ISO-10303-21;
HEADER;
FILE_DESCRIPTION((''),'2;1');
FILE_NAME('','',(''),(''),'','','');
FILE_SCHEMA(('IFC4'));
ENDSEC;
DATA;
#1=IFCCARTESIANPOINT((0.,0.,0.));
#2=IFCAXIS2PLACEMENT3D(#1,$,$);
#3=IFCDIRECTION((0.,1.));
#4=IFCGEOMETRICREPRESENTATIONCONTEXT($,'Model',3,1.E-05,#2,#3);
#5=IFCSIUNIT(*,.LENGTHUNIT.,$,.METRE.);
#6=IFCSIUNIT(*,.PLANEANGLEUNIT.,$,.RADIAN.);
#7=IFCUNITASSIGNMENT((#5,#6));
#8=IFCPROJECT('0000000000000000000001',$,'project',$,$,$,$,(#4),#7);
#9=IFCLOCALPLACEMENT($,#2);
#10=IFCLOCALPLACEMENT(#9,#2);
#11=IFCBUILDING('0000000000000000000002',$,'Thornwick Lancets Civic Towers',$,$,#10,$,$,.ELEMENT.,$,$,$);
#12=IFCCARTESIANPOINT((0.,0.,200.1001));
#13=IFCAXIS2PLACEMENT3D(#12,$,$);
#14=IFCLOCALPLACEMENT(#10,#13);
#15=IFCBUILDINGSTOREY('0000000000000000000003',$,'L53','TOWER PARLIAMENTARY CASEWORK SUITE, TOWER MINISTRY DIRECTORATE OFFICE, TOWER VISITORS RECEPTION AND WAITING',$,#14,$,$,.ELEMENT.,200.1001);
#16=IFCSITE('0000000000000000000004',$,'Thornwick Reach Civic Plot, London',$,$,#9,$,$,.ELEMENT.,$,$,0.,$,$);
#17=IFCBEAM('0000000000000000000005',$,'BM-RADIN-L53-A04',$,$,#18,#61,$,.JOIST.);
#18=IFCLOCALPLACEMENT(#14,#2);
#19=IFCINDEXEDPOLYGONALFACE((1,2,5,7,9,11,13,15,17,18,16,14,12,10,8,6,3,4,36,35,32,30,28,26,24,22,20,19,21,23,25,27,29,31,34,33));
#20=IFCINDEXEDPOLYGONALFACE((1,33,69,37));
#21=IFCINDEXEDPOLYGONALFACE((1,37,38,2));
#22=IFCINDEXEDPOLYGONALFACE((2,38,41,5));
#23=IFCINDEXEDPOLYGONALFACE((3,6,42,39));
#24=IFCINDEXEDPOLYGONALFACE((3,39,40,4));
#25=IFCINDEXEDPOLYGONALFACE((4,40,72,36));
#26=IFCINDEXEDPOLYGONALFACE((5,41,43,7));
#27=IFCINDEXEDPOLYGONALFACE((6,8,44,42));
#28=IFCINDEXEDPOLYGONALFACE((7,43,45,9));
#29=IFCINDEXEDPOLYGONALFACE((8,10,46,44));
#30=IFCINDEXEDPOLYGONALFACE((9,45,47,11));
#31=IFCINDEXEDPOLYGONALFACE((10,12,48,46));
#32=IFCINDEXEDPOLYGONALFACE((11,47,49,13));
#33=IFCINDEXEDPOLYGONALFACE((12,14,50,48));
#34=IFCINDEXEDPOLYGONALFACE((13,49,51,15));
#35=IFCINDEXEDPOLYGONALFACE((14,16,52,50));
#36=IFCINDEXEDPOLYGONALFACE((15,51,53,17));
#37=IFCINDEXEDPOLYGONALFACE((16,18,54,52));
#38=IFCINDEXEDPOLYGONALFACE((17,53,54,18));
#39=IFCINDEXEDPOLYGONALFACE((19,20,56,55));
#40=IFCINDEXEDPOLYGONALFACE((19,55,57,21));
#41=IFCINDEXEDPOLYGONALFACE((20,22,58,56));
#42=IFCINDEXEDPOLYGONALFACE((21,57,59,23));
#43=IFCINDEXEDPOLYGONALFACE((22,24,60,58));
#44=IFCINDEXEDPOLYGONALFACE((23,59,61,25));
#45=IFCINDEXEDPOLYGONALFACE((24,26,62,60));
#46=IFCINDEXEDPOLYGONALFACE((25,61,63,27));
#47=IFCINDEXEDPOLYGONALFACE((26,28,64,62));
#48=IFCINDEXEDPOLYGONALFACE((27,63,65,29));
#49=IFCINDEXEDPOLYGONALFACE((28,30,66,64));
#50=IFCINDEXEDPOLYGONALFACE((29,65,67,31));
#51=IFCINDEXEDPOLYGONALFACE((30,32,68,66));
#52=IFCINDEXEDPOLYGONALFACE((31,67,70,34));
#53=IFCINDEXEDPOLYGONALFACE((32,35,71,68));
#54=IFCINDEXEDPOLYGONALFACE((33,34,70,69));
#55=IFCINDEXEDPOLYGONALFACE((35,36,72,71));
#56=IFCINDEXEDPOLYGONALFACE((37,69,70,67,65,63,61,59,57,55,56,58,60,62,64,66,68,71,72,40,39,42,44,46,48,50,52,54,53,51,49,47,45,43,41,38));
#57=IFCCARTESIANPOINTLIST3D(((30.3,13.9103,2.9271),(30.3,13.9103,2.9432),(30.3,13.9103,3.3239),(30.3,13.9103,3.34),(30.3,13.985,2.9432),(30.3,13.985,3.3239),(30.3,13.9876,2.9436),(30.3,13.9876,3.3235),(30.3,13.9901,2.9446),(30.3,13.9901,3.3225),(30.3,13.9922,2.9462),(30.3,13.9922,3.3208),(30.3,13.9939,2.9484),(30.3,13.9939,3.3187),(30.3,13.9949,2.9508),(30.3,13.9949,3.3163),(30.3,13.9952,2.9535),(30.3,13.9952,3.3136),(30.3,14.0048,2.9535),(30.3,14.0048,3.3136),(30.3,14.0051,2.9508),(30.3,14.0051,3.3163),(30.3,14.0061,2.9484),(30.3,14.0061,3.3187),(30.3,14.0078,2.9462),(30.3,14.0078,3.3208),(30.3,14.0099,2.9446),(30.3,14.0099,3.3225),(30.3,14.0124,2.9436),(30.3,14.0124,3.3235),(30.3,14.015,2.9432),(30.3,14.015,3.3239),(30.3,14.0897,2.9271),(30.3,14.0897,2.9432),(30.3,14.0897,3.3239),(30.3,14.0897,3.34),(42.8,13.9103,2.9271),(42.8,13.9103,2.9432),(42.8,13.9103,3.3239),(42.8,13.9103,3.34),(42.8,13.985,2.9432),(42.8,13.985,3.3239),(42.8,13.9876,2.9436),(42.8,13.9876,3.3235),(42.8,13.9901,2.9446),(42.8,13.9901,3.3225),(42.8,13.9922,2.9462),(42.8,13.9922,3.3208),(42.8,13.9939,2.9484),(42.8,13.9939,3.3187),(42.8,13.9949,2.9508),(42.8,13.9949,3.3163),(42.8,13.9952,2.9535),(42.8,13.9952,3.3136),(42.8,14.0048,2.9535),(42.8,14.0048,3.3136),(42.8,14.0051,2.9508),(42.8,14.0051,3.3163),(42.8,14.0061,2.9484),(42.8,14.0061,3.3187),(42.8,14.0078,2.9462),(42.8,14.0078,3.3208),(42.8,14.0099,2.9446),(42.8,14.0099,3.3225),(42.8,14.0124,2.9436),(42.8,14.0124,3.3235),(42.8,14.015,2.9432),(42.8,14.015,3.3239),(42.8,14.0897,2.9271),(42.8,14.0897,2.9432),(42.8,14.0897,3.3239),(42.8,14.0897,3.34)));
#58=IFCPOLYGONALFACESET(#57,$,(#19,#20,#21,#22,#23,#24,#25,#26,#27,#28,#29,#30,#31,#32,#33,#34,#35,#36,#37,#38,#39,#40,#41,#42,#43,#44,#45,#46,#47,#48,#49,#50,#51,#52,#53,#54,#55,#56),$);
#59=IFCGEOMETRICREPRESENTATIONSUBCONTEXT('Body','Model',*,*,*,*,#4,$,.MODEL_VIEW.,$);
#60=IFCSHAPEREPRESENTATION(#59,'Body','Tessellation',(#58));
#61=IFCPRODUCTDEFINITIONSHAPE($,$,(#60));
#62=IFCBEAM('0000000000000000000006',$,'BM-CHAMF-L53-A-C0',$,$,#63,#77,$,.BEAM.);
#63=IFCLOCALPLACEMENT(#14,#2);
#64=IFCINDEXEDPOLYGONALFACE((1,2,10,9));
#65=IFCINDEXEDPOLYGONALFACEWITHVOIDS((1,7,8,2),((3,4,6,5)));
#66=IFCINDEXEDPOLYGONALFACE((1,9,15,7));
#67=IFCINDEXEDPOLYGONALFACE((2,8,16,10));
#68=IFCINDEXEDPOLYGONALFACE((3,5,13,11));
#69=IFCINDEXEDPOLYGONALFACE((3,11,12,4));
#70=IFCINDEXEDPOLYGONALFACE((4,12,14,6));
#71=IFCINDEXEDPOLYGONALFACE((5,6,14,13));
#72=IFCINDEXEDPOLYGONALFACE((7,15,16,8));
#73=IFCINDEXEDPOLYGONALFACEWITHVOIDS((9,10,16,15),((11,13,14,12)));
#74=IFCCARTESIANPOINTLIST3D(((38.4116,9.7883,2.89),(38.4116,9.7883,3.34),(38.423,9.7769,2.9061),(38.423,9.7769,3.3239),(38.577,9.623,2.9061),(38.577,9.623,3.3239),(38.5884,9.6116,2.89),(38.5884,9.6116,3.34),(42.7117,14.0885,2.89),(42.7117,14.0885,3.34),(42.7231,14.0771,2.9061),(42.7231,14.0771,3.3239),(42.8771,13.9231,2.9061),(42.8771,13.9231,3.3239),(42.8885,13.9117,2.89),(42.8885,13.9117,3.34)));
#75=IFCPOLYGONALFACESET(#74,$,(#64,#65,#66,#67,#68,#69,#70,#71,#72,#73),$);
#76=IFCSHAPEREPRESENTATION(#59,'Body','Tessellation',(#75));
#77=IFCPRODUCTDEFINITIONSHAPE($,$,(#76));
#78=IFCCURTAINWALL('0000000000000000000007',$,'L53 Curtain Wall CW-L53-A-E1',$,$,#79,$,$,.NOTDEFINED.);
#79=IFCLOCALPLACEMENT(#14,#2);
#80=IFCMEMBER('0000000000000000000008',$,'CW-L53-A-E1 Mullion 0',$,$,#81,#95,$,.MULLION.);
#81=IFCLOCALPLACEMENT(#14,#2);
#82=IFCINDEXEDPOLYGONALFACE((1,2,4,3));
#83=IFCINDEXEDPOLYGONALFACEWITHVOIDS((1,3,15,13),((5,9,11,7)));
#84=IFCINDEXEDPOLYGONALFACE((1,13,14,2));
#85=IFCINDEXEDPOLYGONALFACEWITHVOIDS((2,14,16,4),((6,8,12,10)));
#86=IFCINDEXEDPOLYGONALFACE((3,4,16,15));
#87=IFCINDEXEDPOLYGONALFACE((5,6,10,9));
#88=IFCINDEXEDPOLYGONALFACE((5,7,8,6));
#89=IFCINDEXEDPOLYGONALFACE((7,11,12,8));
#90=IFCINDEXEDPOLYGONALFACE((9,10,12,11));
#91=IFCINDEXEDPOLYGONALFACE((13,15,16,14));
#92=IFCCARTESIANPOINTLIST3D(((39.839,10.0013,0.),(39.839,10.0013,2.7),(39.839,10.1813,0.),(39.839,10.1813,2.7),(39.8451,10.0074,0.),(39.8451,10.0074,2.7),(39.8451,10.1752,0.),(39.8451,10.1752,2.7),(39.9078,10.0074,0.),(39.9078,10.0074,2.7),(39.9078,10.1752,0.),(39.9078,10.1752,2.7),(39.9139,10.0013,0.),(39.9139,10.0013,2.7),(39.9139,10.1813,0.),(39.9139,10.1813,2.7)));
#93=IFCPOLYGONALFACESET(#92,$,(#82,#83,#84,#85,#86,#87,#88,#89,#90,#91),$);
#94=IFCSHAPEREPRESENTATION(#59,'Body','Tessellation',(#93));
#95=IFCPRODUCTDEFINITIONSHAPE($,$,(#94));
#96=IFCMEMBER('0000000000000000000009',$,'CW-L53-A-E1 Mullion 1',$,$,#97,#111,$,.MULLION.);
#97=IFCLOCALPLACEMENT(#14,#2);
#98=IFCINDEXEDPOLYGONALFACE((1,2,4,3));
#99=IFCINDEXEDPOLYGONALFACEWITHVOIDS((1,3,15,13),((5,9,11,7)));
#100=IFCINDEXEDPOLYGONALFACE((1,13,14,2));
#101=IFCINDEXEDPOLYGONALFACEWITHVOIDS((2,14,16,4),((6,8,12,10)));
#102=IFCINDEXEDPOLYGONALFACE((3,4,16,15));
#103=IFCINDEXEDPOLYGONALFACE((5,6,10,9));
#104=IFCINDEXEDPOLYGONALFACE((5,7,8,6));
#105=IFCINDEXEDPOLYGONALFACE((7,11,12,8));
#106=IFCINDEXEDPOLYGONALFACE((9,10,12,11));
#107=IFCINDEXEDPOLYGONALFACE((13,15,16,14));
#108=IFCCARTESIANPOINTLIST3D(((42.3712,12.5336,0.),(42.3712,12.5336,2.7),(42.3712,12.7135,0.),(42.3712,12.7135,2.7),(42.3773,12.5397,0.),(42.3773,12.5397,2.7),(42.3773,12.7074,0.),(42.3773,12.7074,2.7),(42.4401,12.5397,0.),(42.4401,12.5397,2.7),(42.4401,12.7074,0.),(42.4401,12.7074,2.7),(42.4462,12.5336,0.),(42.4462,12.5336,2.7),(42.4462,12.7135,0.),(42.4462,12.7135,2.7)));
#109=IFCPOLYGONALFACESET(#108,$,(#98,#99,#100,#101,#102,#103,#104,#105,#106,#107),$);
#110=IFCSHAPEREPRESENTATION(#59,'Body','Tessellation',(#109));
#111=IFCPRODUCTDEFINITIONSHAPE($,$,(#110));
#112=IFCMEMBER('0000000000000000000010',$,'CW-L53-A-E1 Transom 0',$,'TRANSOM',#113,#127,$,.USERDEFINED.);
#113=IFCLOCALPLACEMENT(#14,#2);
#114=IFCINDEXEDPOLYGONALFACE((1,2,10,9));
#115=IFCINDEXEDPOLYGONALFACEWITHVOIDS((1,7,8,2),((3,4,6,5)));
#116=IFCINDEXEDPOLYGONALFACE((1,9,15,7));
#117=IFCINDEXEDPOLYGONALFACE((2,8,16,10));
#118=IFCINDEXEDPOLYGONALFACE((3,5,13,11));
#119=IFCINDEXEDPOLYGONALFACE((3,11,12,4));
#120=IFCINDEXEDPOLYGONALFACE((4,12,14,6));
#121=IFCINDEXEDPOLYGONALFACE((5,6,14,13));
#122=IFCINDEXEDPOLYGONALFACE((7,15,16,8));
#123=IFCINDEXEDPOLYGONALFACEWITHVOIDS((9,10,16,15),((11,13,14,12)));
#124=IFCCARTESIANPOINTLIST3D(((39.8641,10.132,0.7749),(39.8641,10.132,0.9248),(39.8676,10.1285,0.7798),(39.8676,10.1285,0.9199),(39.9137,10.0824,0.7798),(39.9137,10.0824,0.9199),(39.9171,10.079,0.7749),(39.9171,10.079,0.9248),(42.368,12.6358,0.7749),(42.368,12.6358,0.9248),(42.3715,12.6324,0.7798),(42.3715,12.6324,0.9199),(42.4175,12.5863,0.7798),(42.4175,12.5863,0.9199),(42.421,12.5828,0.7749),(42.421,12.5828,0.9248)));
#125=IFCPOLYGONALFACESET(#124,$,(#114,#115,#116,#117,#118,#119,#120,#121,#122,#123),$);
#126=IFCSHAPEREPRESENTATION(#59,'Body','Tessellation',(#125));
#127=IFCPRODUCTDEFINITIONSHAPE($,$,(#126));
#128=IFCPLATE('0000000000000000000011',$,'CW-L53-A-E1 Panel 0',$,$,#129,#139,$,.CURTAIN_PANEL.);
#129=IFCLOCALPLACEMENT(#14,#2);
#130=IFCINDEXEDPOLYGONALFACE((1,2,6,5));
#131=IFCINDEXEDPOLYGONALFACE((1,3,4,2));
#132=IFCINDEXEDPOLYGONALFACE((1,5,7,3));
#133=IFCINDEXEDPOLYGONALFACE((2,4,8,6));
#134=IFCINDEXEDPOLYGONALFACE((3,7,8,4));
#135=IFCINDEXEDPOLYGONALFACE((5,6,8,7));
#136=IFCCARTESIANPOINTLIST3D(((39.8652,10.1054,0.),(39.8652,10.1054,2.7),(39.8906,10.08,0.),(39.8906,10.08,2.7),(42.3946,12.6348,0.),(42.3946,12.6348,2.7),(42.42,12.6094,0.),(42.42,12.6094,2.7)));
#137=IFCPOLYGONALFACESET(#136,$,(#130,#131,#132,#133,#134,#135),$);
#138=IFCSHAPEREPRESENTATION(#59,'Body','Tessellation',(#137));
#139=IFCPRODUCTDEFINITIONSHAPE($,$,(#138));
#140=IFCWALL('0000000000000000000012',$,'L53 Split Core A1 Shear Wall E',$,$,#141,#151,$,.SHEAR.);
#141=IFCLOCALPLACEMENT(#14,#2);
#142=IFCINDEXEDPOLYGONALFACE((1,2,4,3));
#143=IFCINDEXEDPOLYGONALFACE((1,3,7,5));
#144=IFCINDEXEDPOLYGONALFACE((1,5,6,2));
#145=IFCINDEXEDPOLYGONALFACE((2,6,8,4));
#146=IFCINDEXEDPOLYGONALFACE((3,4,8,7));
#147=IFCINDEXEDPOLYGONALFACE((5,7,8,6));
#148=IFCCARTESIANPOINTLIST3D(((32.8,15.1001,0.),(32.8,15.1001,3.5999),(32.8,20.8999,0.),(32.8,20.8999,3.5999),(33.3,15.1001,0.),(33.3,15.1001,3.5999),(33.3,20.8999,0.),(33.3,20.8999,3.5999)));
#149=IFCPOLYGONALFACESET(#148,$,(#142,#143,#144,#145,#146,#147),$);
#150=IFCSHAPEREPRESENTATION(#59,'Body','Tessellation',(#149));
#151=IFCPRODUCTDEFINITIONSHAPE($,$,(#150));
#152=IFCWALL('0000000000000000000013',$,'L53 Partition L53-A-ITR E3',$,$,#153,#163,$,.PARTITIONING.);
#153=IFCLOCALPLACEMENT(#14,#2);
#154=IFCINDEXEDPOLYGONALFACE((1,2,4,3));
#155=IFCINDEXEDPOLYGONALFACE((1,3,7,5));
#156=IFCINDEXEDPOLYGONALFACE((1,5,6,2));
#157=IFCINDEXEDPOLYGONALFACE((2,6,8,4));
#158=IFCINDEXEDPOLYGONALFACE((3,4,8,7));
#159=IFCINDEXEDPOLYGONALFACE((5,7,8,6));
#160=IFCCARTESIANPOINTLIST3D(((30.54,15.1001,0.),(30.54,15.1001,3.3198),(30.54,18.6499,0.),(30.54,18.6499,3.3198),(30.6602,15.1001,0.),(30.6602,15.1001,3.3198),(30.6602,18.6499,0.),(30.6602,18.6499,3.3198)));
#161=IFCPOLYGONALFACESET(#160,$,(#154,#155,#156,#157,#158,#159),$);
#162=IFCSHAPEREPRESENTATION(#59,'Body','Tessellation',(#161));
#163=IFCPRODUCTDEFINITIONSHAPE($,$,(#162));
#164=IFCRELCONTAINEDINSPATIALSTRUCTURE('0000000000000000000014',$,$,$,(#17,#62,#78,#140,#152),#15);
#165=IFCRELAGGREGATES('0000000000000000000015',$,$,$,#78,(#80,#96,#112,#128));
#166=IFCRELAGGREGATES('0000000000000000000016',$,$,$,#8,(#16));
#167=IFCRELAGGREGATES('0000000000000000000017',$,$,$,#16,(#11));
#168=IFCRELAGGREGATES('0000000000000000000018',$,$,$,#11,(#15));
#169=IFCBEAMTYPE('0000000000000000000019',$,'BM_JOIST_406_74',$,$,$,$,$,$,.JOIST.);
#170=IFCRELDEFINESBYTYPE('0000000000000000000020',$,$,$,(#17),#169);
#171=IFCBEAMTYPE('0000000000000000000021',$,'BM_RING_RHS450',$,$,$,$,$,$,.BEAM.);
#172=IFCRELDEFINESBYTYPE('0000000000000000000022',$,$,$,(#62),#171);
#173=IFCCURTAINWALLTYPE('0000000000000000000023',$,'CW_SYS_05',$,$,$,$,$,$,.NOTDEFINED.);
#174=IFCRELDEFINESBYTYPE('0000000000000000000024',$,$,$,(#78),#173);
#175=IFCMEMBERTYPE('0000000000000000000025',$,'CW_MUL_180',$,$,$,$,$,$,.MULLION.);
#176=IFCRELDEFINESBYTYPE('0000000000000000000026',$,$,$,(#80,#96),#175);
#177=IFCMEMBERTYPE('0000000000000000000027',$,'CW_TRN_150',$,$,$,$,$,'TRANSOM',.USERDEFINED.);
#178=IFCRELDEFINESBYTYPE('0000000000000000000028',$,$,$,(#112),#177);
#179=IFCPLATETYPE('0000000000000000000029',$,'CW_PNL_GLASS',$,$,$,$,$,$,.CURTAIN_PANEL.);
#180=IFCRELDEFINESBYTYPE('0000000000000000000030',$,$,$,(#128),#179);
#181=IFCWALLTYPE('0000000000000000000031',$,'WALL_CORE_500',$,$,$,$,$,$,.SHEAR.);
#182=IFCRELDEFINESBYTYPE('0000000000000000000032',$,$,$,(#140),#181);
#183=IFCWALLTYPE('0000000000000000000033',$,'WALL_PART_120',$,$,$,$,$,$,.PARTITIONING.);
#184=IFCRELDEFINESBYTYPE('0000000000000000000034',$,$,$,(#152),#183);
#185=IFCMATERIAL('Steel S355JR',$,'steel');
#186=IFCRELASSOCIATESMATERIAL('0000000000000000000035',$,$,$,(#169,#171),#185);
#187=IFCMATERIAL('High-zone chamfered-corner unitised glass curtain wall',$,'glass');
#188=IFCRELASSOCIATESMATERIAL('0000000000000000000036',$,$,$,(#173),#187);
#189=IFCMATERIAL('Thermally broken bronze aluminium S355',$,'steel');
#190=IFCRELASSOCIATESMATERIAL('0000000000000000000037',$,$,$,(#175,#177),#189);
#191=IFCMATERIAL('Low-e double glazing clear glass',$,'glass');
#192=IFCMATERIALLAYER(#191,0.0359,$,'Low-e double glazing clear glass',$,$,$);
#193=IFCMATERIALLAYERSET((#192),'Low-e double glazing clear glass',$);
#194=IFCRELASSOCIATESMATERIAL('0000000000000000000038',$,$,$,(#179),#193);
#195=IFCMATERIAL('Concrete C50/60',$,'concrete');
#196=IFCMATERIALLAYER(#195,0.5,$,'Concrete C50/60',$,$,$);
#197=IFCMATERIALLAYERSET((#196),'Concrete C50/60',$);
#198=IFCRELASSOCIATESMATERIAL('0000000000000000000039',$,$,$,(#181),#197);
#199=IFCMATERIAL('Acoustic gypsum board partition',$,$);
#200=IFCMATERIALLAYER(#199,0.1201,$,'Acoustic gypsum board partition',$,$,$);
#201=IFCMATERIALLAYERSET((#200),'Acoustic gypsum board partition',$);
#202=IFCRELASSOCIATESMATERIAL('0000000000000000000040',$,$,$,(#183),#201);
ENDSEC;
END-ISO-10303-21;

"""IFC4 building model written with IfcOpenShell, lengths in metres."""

from ifc_helpers import new_model, si_unit, direction, frame, frame_2d, origin, origin_2d, place, context, subcontext, project, spatial, rectangle, hollow_rectangle, i_section, extrude, material, layer, layer_set, material_profile, profile_set, type_object, element, aggregate, save


model = new_model("IFC4")

# Units and contexts
model_context = context("Model", 3, precision=1e-05, world=origin(), true_north=direction((0.0, 1.0)))
body_context = subcontext(model_context, "Body", "Model", "MODEL_VIEW")
ifc_project = project(units=[si_unit("LENGTHUNIT", "METRE"), si_unit("PLANEANGLEUNIT", "RADIAN")], contexts=[model_context])

# Site, building, storey
site_placement = place(None, origin())
site = spatial("IfcSite", under=ifc_project, at=site_placement, Name="Thornwick Reach Civic Plot, London", CompositionType="ELEMENT", RefElevation=0.0)
building_placement = place(site_placement, origin())
building = spatial("IfcBuilding", under=site, at=building_placement, Name="Thornwick Lancets Civic Towers", CompositionType="ELEMENT")
storey_placement = place(building_placement, frame((0.0, 0.0, 200.1001)))
storey = spatial("IfcBuildingStorey", under=building, at=storey_placement, Name="L53", Description="TOWER PARLIAMENTARY CASEWORK SUITE, TOWER MINISTRY DIRECTORATE OFFICE, TOWER VISITORS RECEPTION AND WAITING", CompositionType="ELEMENT", Elevation=200.1001)

# Shared definitions
ifc_material_1 = material(Name="Concrete C50/60", Category="concrete")

# Beams
ifc_material_2 = material(Name="Steel S355JR", Category="steel")
ifc_material_profile_1 = material_profile(ifc_material_2, i_section(OverallWidth=0.1794, OverallDepth=0.4128, WebThickness=0.0095, FlangeThickness=0.0161, FilletRadius=0.0103, at=origin_2d()), Name="UKB 406x178x74")
ifc_profile_set_1 = profile_set([ifc_material_profile_1], Name="Steel S355JR")
beam_type_1 = type_object("IfcBeamType", Name="BM_JOIST_406_74", PredefinedType="JOIST", material=ifc_profile_set_1)
for number, where, z_axis, x_axis, name in (
    (1, (30.3, 14.0, 3.1335), (1.0, 0.0, 0.0), (0.0, 1.0, 0.0), "BM-RADIN-L53-A04"),
):
    element("IfcBeam", number, at=place(storey_placement, frame(where, z_axis=z_axis, x_axis=x_axis)), inside=storey, type_object=beam_type_1, Name=name, PredefinedType="JOIST", context=body_context, shape_type="SweptSolid", body=[
        extrude(i_section(OverallWidth=0.1794, OverallDepth=0.4128, WebThickness=0.0095, FlangeThickness=0.0161, FilletRadius=0.0103, at=origin_2d()), origin(), (0.0, 0.0, 1.0), 12.5),
    ])
ifc_material_profile_2 = material_profile(ifc_material_2, hollow_rectangle(XDim=0.25, YDim=0.45, WallThickness=0.0161, at=origin_2d()), Name="RHS 450x250x16")
ifc_profile_set_2 = profile_set([ifc_material_profile_2], Name="Steel S355JR")
beam_type_2 = type_object("IfcBeamType", Name="BM_RING_RHS450", PredefinedType="BEAM", material=ifc_profile_set_2)
beam_1_placement = place(storey_placement, frame((38.5, 9.7, 3.115), z_axis=(0.707107, 0.707107, 0.0), x_axis=(-0.707107, 0.707107, 0.0)))
element("IfcBeam", 2, at=beam_1_placement, inside=storey, type_object=beam_type_2, Name="BM-CHAMF-L53-A-C0", PredefinedType="BEAM", context=body_context, shape_type="SweptSolid", body=[
    extrude(hollow_rectangle(XDim=0.25, YDim=0.45, WallThickness=0.0161, at=origin_2d()), origin(), (0.0, 0.0, 1.0), 6.0813),
])

# Curtain wall, members, plate
ifc_material_3 = material(Name="High-zone chamfered-corner unitised glass curtain wall", Category="glass")
curtain_wall_type = type_object("IfcCurtainWallType", Name="CW_SYS_05", PredefinedType="NOTDEFINED", material=ifc_material_3)
curtain_wall_placement = place(storey_placement, origin())
curtain_wall = element("IfcCurtainWall", 3, at=curtain_wall_placement, inside=storey, type_object=curtain_wall_type, Name="L53 Curtain Wall CW-L53-A-E1", PredefinedType="NOTDEFINED")
ifc_material_4 = material(Name="Thermally broken bronze aluminium S355", Category="steel")
ifc_material_profile_3 = material_profile(ifc_material_4, hollow_rectangle(XDim=0.075, YDim=0.1799, WallThickness=0.0061, at=origin_2d()), Name="RHS 180x75x6")
ifc_profile_set_3 = profile_set([ifc_material_profile_3], Name="Thermally broken bronze aluminium S355")
member_type_1 = type_object("IfcMemberType", Name="CW_MUL_180", PredefinedType="MULLION", material=ifc_profile_set_3)
member_1_placement = place(storey_placement, frame((39.8765, 10.0913, 0.0), z_axis=(0.0, 0.0, 1.0), x_axis=(1.0, 0.0, 0.0)))
member_1 = element("IfcMember", 4, at=member_1_placement, type_object=member_type_1, Name="CW-L53-A-E1 Mullion 0", PredefinedType="MULLION", context=body_context, shape_type="SweptSolid", body=[
    extrude(hollow_rectangle(XDim=0.075, YDim=0.1799, WallThickness=0.0061, at=origin_2d()), origin(), (0.0, 0.0, 1.0), 2.7),
])
member_2_placement = place(storey_placement, frame((42.4087, 12.6235, 0.0), z_axis=(0.0, 0.0, 1.0), x_axis=(1.0, 0.0, 0.0)))
member_2 = element("IfcMember", 5, at=member_2_placement, type_object=member_type_1, Name="CW-L53-A-E1 Mullion 1", PredefinedType="MULLION", context=body_context, shape_type="SweptSolid", body=[
    extrude(hollow_rectangle(XDim=0.075, YDim=0.1799, WallThickness=0.0061, at=origin_2d()), origin(), (0.0, 0.0, 1.0), 2.7),
])
ifc_material_profile_4 = material_profile(ifc_material_4, hollow_rectangle(XDim=0.075, YDim=0.1499, WallThickness=0.0049, at=origin_2d()), Name="RHS 150x75x5")
ifc_profile_set_4 = profile_set([ifc_material_profile_4], Name="Thermally broken bronze aluminium S355")
member_type_2 = type_object("IfcMemberType", Name="CW_TRN_150", ElementType="TRANSOM", PredefinedType="USERDEFINED", material=ifc_profile_set_4)
member_3_placement = place(storey_placement, frame((39.8906, 10.1055, 0.8499), z_axis=(0.707107, 0.707107, 0.0), x_axis=(-0.707107, 0.707107, 0.0)))
member_3 = element("IfcMember", 6, at=member_3_placement, type_object=member_type_2, Name="CW-L53-A-E1 Transom 0", ObjectType="TRANSOM", PredefinedType="USERDEFINED", context=body_context, shape_type="SweptSolid", body=[
    extrude(hollow_rectangle(XDim=0.075, YDim=0.1499, WallThickness=0.0049, at=origin_2d()), origin(), (0.0, 0.0, 1.0), 3.541),
])
ifc_material_5 = material(Name="Low-e double glazing clear glass", Category="glass")
ifc_layer_1 = layer(ifc_material_5, 0.0359, Name="Low-e double glazing clear glass")
ifc_layer_set_1 = layer_set([ifc_layer_1], Name="Low-e double glazing clear glass")
plate_type = type_object("IfcPlateType", Name="CW_PNL_GLASS", PredefinedType="CURTAIN_PANEL", material=ifc_layer_set_1)
plate_placement = place(storey_placement, frame((41.1426, 11.3574, 0.0), z_axis=(0.0, 0.0, 1.0), x_axis=(0.707107, 0.707107, 0.0)))
plate = element("IfcPlate", 7, at=plate_placement, type_object=plate_type, Name="CW-L53-A-E1 Panel 0", PredefinedType="CURTAIN_PANEL", context=body_context, shape_type="SweptSolid", body=[
    extrude(rectangle(XDim=3.5771, YDim=0.0359, at=origin_2d()), origin(), (0.0, 0.0, 1.0), 2.7),
])
aggregate(curtain_wall, [member_1, member_2, member_3, plate])

# Walls
ifc_layer_2 = layer(ifc_material_1, 0.5, Name="Concrete C50/60")
ifc_layer_set_2 = layer_set([ifc_layer_2], Name="Concrete C50/60")
wall_type_1 = type_object("IfcWallType", Name="WALL_CORE_500", PredefinedType="SHEAR", material=ifc_layer_set_2)
wall_1_placement = place(storey_placement, frame((33.05, 15.1001, 0.0), z_axis=(0.0, 0.0, 1.0), x_axis=(0.0, 1.0, 0.0)))
element("IfcWall", 8, at=wall_1_placement, inside=storey, type_object=wall_type_1, Name="L53 Split Core A1 Shear Wall E", PredefinedType="SHEAR", context=body_context, shape_type="SweptSolid", body=[
    extrude(rectangle(XDim=5.7998, YDim=0.5, at=frame_2d((2.8999, 0.0))), origin(), (0.0, 0.0, 1.0), 3.5999),
])
ifc_material_6 = material(Name="Acoustic gypsum board partition")
ifc_layer_3 = layer(ifc_material_6, 0.1201, Name="Acoustic gypsum board partition")
ifc_layer_set_3 = layer_set([ifc_layer_3], Name="Acoustic gypsum board partition")
wall_type_2 = type_object("IfcWallType", Name="WALL_PART_120", PredefinedType="PARTITIONING", material=ifc_layer_set_3)
wall_2_placement = place(storey_placement, frame((30.6001, 15.1001, 0.0), z_axis=(0.0, 0.0, 1.0), x_axis=(0.0, 1.0, 0.0)))
element("IfcWall", 9, at=wall_2_placement, inside=storey, type_object=wall_type_2, Name="L53 Partition L53-A-ITR E3", PredefinedType="PARTITIONING", context=body_context, shape_type="SweptSolid", body=[
    extrude(rectangle(XDim=3.5498, YDim=0.1201, at=frame_2d((1.7749, 0.0))), origin(), (0.0, 0.0, 1.0), 3.3198),
])

save(model, "model.ifc")
